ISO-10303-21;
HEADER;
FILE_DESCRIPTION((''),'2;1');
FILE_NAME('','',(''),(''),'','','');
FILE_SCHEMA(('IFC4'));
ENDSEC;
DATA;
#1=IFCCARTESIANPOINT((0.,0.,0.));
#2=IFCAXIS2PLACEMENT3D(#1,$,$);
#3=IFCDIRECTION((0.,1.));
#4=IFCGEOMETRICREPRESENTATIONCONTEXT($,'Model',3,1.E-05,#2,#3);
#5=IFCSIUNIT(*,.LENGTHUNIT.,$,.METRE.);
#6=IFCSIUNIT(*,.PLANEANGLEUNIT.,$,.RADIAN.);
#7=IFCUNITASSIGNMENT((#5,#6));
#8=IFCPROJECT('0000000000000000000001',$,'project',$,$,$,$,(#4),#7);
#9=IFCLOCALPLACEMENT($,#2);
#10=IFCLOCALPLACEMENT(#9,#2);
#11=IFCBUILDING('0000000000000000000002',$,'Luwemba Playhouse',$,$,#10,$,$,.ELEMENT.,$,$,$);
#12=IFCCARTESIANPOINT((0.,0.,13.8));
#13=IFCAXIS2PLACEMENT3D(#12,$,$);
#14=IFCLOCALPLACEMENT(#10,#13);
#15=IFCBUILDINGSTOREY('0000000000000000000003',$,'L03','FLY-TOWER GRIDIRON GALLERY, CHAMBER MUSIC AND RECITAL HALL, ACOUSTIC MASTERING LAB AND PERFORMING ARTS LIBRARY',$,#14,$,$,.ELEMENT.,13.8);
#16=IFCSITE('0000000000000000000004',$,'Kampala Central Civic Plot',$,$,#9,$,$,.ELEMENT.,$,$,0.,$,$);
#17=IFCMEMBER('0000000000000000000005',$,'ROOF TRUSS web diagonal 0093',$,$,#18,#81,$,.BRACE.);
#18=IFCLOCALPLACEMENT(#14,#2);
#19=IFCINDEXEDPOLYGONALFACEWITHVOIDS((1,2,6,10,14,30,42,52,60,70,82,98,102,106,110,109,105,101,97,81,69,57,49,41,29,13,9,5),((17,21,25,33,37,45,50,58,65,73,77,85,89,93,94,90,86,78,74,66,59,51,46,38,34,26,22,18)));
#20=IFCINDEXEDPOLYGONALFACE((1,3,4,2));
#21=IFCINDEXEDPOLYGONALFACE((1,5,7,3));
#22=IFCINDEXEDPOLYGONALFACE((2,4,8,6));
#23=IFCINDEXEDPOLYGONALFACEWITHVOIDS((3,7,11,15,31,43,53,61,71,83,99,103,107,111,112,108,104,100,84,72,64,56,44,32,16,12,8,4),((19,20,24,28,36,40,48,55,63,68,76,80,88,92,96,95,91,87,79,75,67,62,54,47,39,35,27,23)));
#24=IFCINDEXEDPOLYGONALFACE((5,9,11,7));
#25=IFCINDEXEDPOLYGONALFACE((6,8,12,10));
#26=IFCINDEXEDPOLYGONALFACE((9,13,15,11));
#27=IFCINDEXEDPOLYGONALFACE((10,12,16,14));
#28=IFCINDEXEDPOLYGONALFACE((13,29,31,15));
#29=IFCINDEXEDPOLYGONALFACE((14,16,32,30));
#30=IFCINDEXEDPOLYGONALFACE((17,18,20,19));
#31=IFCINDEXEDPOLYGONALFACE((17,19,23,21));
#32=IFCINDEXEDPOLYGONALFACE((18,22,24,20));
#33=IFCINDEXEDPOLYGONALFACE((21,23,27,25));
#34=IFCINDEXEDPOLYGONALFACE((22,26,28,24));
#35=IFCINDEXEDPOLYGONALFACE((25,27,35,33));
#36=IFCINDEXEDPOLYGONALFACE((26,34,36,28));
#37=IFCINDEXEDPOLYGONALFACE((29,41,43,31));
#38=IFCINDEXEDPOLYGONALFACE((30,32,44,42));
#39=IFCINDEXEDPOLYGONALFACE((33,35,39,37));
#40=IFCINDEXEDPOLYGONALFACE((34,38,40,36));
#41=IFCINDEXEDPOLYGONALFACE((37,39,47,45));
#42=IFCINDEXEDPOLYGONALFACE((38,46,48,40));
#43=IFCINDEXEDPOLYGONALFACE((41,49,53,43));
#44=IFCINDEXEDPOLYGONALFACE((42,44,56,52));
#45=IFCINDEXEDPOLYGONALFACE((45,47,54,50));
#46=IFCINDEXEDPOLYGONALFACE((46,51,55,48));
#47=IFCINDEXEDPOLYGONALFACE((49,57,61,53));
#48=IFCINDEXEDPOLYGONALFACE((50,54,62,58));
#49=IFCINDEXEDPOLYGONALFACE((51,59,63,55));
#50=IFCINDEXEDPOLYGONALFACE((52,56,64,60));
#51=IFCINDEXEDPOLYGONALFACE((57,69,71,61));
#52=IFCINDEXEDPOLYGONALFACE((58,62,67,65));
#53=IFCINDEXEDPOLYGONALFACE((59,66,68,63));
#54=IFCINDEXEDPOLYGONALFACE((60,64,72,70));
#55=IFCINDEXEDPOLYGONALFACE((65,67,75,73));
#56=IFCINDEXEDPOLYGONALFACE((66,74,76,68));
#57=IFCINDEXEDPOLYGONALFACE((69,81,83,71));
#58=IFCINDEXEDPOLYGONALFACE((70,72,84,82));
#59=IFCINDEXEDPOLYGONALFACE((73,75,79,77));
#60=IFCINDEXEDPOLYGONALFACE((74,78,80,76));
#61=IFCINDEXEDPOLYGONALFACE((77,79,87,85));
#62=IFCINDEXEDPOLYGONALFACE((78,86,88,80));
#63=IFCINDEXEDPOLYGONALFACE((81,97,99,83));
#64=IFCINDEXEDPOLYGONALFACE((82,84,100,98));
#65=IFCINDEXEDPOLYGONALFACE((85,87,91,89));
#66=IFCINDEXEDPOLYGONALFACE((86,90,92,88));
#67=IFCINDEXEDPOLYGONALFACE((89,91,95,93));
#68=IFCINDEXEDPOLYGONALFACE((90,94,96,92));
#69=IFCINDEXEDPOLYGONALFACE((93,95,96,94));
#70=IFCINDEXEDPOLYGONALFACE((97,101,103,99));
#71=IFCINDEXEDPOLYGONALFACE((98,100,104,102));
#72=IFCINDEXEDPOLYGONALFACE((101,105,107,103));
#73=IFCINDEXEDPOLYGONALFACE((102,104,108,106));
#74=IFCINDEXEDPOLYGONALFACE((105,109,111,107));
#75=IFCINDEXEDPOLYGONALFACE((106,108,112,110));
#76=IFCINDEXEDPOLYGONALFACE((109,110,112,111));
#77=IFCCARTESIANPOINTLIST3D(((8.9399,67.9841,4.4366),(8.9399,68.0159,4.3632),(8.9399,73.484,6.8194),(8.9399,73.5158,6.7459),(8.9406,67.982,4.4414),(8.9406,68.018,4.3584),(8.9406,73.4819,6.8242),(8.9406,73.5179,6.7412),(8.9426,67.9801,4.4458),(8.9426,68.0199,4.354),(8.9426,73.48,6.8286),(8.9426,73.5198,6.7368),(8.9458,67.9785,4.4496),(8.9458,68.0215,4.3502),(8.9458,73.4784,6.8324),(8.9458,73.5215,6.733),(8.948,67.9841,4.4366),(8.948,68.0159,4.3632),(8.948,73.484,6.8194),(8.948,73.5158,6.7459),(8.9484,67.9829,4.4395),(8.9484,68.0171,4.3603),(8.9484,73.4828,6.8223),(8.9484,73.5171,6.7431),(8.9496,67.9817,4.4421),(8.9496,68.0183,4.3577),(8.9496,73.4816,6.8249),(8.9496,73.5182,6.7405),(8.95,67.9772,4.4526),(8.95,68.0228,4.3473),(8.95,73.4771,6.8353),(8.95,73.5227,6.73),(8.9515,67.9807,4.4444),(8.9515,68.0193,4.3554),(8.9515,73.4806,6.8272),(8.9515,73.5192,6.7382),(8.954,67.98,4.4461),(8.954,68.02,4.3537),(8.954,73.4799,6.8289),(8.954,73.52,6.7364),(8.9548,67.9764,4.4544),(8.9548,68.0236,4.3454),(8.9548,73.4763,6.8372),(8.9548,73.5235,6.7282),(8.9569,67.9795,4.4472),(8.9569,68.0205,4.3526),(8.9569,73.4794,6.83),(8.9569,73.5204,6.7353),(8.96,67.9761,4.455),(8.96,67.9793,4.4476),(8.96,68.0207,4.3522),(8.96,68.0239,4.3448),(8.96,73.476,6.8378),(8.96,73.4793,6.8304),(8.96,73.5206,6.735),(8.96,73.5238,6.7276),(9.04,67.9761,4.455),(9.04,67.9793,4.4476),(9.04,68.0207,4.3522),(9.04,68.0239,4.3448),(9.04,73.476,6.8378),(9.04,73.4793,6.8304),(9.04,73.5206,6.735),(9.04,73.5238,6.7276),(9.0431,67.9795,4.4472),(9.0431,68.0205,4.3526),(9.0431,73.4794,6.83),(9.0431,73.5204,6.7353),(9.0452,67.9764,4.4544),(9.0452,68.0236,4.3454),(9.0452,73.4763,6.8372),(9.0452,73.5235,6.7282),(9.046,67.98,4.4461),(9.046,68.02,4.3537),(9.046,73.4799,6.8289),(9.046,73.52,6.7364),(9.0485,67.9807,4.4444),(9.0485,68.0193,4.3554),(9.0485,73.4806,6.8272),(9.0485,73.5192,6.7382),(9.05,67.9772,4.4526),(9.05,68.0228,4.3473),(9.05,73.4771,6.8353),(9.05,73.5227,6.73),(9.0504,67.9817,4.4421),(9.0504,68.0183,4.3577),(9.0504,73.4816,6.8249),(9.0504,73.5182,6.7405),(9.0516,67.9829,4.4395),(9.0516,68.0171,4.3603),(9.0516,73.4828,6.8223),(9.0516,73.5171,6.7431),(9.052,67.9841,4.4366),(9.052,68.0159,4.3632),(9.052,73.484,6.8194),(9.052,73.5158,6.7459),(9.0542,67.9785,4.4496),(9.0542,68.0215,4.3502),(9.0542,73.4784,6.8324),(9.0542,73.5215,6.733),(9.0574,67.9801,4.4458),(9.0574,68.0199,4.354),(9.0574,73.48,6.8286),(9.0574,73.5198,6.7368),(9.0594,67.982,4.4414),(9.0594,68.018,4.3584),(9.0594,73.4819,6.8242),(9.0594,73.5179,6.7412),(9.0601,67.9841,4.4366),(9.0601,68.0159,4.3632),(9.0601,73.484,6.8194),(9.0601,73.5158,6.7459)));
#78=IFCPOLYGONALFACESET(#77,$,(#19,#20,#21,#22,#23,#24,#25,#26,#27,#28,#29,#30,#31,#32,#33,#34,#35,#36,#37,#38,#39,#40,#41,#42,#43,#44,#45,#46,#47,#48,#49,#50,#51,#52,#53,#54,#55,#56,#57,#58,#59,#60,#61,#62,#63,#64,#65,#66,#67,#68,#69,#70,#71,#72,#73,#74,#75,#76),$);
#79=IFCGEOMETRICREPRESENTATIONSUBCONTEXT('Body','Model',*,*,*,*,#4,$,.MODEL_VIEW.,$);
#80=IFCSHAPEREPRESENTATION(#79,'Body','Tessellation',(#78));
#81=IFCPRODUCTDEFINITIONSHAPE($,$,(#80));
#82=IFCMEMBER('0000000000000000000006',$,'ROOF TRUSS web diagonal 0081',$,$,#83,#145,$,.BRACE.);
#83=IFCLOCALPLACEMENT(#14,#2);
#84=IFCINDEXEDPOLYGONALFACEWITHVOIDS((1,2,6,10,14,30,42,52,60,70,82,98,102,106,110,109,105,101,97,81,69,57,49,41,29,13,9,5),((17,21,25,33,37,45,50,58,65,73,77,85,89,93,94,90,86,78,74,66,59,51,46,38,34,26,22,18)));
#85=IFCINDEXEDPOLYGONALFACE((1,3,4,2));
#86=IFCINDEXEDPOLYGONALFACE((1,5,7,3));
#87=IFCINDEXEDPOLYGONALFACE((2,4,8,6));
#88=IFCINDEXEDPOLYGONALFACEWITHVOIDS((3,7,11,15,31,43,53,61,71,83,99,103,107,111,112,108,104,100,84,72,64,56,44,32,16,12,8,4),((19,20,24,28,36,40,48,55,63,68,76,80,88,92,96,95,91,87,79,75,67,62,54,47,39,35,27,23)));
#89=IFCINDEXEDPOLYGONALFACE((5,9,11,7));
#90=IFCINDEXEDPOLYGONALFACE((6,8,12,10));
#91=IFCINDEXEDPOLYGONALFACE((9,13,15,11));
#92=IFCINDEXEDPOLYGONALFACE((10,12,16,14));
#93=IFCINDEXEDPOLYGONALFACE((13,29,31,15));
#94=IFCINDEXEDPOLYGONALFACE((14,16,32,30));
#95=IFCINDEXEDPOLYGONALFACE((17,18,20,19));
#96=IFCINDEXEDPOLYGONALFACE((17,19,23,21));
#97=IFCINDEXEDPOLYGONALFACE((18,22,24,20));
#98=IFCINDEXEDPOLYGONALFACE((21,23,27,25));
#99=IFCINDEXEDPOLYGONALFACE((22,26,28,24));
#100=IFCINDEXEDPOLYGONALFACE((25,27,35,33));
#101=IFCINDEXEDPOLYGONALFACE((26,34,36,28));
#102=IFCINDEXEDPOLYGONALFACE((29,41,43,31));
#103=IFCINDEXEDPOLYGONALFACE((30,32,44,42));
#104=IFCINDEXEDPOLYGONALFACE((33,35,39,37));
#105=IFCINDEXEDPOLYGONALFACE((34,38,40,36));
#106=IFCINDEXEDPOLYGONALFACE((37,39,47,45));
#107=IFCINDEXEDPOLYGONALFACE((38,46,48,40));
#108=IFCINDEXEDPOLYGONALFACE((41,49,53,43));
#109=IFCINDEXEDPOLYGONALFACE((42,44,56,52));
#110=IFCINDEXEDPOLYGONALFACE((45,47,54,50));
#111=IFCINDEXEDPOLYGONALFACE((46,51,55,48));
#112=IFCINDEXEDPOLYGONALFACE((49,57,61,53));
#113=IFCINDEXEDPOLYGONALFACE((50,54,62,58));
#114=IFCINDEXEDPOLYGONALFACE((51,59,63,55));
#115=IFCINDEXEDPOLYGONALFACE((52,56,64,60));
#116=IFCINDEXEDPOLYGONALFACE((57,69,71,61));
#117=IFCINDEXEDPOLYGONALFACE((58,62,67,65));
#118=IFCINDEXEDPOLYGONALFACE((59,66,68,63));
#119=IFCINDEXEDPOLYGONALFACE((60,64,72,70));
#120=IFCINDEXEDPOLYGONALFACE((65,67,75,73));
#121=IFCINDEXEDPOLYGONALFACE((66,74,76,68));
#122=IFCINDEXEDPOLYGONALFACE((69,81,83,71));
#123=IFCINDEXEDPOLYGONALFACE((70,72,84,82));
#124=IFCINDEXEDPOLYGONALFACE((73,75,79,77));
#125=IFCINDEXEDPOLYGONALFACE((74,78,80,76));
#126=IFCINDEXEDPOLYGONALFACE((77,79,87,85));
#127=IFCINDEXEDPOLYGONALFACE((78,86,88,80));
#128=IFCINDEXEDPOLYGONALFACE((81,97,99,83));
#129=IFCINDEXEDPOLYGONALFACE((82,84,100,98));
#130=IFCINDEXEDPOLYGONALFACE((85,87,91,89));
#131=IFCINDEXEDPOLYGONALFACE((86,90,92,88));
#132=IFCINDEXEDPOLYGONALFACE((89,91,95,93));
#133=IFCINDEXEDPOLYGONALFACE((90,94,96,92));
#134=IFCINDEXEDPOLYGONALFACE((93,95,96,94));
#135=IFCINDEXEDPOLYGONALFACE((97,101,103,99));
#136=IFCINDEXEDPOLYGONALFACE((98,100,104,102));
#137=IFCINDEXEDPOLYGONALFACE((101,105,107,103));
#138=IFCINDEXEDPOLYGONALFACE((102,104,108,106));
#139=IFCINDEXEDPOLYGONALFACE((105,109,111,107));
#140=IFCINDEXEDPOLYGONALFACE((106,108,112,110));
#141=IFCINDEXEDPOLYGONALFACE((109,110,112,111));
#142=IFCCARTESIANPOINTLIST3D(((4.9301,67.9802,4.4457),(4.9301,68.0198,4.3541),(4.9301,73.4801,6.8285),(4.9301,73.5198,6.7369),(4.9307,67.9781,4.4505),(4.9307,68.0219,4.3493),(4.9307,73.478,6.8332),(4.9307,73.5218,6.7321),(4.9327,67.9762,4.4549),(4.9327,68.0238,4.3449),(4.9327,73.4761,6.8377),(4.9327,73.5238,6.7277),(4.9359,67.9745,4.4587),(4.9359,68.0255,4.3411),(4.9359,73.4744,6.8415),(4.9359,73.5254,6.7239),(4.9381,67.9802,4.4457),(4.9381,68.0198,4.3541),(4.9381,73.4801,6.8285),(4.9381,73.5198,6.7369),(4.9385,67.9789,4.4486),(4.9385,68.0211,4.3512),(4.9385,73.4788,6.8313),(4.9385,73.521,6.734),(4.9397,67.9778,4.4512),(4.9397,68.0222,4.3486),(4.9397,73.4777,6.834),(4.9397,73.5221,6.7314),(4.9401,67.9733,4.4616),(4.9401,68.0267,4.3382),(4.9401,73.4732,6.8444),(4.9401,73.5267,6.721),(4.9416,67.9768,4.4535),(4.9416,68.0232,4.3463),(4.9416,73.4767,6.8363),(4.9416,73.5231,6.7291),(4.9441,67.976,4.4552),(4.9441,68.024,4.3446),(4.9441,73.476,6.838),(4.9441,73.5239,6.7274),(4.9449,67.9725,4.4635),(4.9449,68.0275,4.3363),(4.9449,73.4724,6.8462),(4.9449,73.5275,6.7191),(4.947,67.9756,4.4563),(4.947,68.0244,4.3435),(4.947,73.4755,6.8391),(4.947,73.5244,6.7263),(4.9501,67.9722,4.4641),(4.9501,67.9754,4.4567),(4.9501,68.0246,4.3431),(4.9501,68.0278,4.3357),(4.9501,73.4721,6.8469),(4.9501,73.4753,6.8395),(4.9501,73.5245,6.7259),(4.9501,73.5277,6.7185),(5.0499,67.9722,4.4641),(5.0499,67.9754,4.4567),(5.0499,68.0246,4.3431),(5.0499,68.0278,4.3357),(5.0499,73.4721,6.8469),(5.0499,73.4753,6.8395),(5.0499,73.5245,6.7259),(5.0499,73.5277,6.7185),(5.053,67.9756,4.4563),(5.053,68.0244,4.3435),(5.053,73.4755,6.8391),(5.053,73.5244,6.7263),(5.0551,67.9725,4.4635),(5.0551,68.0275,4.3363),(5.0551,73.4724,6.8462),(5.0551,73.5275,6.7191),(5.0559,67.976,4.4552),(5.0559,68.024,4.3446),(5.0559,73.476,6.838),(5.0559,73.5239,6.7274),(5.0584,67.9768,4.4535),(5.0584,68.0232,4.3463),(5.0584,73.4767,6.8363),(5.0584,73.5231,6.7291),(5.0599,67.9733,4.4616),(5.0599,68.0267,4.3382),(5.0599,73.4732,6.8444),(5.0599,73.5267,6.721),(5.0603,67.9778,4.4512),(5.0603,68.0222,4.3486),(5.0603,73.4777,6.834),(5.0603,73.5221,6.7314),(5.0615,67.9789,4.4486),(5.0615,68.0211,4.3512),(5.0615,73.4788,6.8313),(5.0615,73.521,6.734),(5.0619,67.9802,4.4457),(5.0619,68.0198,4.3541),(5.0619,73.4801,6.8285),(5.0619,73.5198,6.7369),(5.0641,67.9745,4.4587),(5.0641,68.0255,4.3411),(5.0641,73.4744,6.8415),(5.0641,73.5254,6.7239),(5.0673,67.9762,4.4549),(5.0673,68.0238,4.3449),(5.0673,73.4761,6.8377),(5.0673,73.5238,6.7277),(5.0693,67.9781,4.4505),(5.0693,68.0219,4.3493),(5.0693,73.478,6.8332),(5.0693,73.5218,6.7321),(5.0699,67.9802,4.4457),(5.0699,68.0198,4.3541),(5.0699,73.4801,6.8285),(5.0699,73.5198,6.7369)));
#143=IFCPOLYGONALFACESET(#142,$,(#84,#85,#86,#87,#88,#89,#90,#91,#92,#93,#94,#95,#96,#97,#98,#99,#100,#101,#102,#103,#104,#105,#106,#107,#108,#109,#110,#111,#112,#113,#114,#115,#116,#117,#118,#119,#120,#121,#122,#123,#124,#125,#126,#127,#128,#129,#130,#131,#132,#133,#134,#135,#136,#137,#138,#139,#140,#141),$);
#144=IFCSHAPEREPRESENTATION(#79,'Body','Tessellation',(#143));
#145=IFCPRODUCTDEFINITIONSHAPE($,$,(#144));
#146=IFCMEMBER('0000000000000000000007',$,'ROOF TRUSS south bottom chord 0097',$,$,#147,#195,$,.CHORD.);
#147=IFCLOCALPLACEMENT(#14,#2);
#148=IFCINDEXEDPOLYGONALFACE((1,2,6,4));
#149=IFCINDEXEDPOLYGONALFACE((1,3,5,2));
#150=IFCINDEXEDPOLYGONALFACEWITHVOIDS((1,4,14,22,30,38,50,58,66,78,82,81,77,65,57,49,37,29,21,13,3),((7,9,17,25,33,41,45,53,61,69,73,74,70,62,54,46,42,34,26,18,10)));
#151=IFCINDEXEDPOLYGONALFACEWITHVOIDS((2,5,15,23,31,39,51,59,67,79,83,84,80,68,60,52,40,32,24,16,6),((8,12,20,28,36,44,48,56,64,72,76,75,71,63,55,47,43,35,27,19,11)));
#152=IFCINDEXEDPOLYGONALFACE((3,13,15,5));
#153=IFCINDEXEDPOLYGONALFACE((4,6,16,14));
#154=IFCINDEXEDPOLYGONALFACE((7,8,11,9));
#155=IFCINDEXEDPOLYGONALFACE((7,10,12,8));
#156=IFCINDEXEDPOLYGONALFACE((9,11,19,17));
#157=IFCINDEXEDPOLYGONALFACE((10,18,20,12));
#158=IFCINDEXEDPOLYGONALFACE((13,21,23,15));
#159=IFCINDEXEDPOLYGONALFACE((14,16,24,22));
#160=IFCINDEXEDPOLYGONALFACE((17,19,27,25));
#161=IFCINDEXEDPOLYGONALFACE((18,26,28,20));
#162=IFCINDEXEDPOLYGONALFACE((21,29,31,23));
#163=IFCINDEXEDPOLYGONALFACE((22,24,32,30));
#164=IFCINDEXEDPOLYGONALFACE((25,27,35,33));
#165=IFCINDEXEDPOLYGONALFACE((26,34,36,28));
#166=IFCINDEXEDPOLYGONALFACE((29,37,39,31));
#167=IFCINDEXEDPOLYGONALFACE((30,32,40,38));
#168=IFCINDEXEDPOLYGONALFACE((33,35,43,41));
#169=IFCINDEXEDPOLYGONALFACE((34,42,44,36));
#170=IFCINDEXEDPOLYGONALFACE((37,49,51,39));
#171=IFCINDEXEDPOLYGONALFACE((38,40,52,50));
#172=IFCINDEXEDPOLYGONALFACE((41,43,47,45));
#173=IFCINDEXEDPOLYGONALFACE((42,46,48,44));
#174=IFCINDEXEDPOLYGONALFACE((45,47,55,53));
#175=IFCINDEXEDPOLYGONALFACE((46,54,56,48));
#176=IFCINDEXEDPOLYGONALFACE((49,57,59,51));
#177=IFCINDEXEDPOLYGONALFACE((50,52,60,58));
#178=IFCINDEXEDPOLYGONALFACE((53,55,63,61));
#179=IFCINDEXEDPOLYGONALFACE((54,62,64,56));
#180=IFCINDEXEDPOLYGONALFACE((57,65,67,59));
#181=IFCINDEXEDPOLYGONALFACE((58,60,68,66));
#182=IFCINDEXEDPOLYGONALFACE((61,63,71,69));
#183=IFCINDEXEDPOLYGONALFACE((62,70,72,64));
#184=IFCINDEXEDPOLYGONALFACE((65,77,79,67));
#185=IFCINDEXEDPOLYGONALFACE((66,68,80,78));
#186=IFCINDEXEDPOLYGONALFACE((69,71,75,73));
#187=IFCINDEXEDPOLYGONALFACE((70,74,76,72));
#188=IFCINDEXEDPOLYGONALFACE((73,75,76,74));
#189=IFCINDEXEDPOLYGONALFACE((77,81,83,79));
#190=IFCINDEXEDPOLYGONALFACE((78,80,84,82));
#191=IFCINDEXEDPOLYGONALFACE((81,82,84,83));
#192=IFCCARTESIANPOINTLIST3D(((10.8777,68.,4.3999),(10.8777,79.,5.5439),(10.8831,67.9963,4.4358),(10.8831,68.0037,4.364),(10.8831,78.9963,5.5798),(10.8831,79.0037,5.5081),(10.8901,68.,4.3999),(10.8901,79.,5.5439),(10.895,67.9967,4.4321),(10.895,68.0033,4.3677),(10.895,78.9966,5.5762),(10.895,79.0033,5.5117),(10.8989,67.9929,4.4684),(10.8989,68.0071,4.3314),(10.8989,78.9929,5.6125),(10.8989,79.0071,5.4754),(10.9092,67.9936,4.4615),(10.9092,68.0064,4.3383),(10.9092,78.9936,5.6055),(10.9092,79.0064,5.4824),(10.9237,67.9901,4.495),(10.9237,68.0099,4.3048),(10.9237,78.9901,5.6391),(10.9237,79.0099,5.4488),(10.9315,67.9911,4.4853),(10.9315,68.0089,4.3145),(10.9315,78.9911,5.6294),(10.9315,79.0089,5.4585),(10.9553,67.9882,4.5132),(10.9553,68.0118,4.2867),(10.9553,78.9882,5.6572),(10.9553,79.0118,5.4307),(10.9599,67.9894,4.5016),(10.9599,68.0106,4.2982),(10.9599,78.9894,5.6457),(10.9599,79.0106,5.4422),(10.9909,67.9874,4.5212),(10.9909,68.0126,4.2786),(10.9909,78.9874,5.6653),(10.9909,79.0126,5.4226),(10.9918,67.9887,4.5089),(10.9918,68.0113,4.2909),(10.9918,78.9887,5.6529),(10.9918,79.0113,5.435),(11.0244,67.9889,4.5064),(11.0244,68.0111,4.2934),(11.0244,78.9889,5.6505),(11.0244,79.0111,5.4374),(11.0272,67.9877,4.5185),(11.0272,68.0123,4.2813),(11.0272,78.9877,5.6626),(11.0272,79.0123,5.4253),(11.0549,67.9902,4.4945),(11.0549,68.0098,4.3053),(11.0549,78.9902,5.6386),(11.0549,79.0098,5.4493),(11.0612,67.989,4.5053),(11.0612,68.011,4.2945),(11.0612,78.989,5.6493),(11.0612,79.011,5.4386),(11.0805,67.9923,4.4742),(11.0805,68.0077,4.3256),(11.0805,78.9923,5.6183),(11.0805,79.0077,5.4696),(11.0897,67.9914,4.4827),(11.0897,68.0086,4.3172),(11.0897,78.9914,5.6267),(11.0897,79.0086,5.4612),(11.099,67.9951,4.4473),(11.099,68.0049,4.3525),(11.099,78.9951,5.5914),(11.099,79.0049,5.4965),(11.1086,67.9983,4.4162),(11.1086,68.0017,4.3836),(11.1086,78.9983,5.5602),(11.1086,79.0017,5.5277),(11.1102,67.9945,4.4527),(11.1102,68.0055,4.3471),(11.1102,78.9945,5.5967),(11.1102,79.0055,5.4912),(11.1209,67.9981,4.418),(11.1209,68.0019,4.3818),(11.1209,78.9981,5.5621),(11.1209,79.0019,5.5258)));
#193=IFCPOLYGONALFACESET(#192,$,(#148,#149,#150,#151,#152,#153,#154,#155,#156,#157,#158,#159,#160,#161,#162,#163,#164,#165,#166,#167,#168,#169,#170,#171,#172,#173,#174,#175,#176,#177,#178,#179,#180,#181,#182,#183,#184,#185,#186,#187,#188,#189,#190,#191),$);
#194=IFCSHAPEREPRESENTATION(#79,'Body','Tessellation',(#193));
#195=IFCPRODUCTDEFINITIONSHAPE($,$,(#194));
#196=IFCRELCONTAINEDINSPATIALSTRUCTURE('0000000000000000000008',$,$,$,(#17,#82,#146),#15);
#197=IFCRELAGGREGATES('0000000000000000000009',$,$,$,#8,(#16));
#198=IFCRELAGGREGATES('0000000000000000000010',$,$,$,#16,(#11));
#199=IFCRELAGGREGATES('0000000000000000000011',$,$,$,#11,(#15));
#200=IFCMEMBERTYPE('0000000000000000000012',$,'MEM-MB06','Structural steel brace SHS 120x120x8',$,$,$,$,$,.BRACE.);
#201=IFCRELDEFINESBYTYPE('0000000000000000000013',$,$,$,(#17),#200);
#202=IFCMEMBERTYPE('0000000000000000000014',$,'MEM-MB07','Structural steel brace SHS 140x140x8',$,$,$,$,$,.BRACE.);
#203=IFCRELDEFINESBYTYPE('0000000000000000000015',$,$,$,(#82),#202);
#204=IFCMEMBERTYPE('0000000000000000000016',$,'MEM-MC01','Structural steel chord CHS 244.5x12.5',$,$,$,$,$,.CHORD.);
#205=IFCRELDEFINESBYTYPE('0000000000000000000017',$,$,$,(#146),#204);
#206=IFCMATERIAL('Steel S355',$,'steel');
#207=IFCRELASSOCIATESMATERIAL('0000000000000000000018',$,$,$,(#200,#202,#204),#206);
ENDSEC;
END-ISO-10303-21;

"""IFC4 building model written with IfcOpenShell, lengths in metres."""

from ifc_helpers import new_model, si_unit, direction, frame, origin, origin_2d, place, context, subcontext, project, spatial, hollow_rectangle, hollow_circle, extrude, material, material_profile, profile_set, type_object, element, save


model = new_model("IFC4")

# Units and contexts
model_context = context("Model", 3, precision=1e-05, world=origin(), true_north=direction((0.0, 1.0)))
body_context = subcontext(model_context, "Body", "Model", "MODEL_VIEW")
ifc_project = project(units=[si_unit("LENGTHUNIT", "METRE"), si_unit("PLANEANGLEUNIT", "RADIAN")], contexts=[model_context])

# Site, building, storey
site_placement = place(None, origin())
site = spatial("IfcSite", under=ifc_project, at=site_placement, Name="Kampala Central Civic Plot", CompositionType="ELEMENT", RefElevation=0.0)
building_placement = place(site_placement, origin())
building = spatial("IfcBuilding", under=site, at=building_placement, Name="Luwemba Playhouse", CompositionType="ELEMENT")
storey_placement = place(building_placement, frame((0.0, 0.0, 13.8)))
storey = spatial("IfcBuildingStorey", under=building, at=storey_placement, Name="L03", Description="FLY-TOWER GRIDIRON GALLERY, CHAMBER MUSIC AND RECITAL HALL, ACOUSTIC MASTERING LAB AND PERFORMING ARTS LIBRARY", CompositionType="ELEMENT", Elevation=13.8)

# Shared definitions
ifc_material_1 = material(Name="Steel S355", Category="steel")

# Members
ifc_material_profile_1 = material_profile(ifc_material_1, hollow_rectangle(XDim=0.1201, YDim=0.1201, WallThickness=0.0081, InnerFilletRadius=0.012, OuterFilletRadius=0.02, at=origin_2d()))
ifc_profile_set_1 = profile_set([ifc_material_profile_1], Name="Steel S355")
member_type_1 = type_object("IfcMemberType", Name="MEM-MB06", Description="Structural steel brace SHS 120x120x8", PredefinedType="BRACE", material=ifc_profile_set_1)
member_1_placement = place(storey_placement, frame((9.0, 68.0, 4.3999), z_axis=(0.0, 0.917587, 0.397534), x_axis=(-1.0, 0.0, 0.0)))
element("IfcMember", 1, at=member_1_placement, inside=storey, type_object=member_type_1, Name="ROOF TRUSS web diagonal 0093", PredefinedType="BRACE", context=body_context, shape_type="SweptSolid", body=[
    extrude(hollow_rectangle(XDim=0.1201, YDim=0.1201, WallThickness=0.0081, InnerFilletRadius=0.012, OuterFilletRadius=0.02, at=origin_2d()), origin(), (0.0, 0.0, 1.0), 5.9939),
])
ifc_material_profile_2 = material_profile(ifc_material_1, hollow_rectangle(XDim=0.1399, YDim=0.1399, WallThickness=0.0081, InnerFilletRadius=0.012, OuterFilletRadius=0.02, at=origin_2d()))
ifc_profile_set_2 = profile_set([ifc_material_profile_2], Name="Steel S355")
member_type_2 = type_object("IfcMemberType", Name="MEM-MB07", Description="Structural steel brace SHS 140x140x8", PredefinedType="BRACE", material=ifc_profile_set_2)
member_2_placement = place(storey_placement, frame((5.0, 68.0, 4.3999), z_axis=(0.0, 0.917587, 0.397534), x_axis=(-1.0, 0.0, 0.0)))
element("IfcMember", 2, at=member_2_placement, inside=storey, type_object=member_type_2, Name="ROOF TRUSS web diagonal 0081", PredefinedType="BRACE", context=body_context, shape_type="SweptSolid", body=[
    extrude(hollow_rectangle(XDim=0.1399, YDim=0.1399, WallThickness=0.0081, InnerFilletRadius=0.012, OuterFilletRadius=0.02, at=origin_2d()), origin(), (0.0, 0.0, 1.0), 5.9939),
])
ifc_material_profile_3 = material_profile(ifc_material_1, hollow_circle(Radius=0.1223, WallThickness=0.0125, at=origin_2d()))
ifc_profile_set_3 = profile_set([ifc_material_profile_3], Name="Steel S355")
member_type_3 = type_object("IfcMemberType", Name="MEM-MC01", Description="Structural steel chord CHS 244.5x12.5", PredefinedType="CHORD", material=ifc_profile_set_3)
member_3_placement = place(storey_placement, frame((11.0, 68.0, 4.3999), z_axis=(0.0, 0.994635, 0.103446), x_axis=(-1.0, 0.0, 0.0)))
element("IfcMember", 3, at=member_3_placement, inside=storey, type_object=member_type_3, Name="ROOF TRUSS south bottom chord 0097", PredefinedType="CHORD", context=body_context, shape_type="SweptSolid", body=[
    extrude(hollow_circle(Radius=0.1223, WallThickness=0.0125, at=origin_2d()), origin(), (0.0, 0.0, 1.0), 11.0593),
])

save(model, "model.ifc")
